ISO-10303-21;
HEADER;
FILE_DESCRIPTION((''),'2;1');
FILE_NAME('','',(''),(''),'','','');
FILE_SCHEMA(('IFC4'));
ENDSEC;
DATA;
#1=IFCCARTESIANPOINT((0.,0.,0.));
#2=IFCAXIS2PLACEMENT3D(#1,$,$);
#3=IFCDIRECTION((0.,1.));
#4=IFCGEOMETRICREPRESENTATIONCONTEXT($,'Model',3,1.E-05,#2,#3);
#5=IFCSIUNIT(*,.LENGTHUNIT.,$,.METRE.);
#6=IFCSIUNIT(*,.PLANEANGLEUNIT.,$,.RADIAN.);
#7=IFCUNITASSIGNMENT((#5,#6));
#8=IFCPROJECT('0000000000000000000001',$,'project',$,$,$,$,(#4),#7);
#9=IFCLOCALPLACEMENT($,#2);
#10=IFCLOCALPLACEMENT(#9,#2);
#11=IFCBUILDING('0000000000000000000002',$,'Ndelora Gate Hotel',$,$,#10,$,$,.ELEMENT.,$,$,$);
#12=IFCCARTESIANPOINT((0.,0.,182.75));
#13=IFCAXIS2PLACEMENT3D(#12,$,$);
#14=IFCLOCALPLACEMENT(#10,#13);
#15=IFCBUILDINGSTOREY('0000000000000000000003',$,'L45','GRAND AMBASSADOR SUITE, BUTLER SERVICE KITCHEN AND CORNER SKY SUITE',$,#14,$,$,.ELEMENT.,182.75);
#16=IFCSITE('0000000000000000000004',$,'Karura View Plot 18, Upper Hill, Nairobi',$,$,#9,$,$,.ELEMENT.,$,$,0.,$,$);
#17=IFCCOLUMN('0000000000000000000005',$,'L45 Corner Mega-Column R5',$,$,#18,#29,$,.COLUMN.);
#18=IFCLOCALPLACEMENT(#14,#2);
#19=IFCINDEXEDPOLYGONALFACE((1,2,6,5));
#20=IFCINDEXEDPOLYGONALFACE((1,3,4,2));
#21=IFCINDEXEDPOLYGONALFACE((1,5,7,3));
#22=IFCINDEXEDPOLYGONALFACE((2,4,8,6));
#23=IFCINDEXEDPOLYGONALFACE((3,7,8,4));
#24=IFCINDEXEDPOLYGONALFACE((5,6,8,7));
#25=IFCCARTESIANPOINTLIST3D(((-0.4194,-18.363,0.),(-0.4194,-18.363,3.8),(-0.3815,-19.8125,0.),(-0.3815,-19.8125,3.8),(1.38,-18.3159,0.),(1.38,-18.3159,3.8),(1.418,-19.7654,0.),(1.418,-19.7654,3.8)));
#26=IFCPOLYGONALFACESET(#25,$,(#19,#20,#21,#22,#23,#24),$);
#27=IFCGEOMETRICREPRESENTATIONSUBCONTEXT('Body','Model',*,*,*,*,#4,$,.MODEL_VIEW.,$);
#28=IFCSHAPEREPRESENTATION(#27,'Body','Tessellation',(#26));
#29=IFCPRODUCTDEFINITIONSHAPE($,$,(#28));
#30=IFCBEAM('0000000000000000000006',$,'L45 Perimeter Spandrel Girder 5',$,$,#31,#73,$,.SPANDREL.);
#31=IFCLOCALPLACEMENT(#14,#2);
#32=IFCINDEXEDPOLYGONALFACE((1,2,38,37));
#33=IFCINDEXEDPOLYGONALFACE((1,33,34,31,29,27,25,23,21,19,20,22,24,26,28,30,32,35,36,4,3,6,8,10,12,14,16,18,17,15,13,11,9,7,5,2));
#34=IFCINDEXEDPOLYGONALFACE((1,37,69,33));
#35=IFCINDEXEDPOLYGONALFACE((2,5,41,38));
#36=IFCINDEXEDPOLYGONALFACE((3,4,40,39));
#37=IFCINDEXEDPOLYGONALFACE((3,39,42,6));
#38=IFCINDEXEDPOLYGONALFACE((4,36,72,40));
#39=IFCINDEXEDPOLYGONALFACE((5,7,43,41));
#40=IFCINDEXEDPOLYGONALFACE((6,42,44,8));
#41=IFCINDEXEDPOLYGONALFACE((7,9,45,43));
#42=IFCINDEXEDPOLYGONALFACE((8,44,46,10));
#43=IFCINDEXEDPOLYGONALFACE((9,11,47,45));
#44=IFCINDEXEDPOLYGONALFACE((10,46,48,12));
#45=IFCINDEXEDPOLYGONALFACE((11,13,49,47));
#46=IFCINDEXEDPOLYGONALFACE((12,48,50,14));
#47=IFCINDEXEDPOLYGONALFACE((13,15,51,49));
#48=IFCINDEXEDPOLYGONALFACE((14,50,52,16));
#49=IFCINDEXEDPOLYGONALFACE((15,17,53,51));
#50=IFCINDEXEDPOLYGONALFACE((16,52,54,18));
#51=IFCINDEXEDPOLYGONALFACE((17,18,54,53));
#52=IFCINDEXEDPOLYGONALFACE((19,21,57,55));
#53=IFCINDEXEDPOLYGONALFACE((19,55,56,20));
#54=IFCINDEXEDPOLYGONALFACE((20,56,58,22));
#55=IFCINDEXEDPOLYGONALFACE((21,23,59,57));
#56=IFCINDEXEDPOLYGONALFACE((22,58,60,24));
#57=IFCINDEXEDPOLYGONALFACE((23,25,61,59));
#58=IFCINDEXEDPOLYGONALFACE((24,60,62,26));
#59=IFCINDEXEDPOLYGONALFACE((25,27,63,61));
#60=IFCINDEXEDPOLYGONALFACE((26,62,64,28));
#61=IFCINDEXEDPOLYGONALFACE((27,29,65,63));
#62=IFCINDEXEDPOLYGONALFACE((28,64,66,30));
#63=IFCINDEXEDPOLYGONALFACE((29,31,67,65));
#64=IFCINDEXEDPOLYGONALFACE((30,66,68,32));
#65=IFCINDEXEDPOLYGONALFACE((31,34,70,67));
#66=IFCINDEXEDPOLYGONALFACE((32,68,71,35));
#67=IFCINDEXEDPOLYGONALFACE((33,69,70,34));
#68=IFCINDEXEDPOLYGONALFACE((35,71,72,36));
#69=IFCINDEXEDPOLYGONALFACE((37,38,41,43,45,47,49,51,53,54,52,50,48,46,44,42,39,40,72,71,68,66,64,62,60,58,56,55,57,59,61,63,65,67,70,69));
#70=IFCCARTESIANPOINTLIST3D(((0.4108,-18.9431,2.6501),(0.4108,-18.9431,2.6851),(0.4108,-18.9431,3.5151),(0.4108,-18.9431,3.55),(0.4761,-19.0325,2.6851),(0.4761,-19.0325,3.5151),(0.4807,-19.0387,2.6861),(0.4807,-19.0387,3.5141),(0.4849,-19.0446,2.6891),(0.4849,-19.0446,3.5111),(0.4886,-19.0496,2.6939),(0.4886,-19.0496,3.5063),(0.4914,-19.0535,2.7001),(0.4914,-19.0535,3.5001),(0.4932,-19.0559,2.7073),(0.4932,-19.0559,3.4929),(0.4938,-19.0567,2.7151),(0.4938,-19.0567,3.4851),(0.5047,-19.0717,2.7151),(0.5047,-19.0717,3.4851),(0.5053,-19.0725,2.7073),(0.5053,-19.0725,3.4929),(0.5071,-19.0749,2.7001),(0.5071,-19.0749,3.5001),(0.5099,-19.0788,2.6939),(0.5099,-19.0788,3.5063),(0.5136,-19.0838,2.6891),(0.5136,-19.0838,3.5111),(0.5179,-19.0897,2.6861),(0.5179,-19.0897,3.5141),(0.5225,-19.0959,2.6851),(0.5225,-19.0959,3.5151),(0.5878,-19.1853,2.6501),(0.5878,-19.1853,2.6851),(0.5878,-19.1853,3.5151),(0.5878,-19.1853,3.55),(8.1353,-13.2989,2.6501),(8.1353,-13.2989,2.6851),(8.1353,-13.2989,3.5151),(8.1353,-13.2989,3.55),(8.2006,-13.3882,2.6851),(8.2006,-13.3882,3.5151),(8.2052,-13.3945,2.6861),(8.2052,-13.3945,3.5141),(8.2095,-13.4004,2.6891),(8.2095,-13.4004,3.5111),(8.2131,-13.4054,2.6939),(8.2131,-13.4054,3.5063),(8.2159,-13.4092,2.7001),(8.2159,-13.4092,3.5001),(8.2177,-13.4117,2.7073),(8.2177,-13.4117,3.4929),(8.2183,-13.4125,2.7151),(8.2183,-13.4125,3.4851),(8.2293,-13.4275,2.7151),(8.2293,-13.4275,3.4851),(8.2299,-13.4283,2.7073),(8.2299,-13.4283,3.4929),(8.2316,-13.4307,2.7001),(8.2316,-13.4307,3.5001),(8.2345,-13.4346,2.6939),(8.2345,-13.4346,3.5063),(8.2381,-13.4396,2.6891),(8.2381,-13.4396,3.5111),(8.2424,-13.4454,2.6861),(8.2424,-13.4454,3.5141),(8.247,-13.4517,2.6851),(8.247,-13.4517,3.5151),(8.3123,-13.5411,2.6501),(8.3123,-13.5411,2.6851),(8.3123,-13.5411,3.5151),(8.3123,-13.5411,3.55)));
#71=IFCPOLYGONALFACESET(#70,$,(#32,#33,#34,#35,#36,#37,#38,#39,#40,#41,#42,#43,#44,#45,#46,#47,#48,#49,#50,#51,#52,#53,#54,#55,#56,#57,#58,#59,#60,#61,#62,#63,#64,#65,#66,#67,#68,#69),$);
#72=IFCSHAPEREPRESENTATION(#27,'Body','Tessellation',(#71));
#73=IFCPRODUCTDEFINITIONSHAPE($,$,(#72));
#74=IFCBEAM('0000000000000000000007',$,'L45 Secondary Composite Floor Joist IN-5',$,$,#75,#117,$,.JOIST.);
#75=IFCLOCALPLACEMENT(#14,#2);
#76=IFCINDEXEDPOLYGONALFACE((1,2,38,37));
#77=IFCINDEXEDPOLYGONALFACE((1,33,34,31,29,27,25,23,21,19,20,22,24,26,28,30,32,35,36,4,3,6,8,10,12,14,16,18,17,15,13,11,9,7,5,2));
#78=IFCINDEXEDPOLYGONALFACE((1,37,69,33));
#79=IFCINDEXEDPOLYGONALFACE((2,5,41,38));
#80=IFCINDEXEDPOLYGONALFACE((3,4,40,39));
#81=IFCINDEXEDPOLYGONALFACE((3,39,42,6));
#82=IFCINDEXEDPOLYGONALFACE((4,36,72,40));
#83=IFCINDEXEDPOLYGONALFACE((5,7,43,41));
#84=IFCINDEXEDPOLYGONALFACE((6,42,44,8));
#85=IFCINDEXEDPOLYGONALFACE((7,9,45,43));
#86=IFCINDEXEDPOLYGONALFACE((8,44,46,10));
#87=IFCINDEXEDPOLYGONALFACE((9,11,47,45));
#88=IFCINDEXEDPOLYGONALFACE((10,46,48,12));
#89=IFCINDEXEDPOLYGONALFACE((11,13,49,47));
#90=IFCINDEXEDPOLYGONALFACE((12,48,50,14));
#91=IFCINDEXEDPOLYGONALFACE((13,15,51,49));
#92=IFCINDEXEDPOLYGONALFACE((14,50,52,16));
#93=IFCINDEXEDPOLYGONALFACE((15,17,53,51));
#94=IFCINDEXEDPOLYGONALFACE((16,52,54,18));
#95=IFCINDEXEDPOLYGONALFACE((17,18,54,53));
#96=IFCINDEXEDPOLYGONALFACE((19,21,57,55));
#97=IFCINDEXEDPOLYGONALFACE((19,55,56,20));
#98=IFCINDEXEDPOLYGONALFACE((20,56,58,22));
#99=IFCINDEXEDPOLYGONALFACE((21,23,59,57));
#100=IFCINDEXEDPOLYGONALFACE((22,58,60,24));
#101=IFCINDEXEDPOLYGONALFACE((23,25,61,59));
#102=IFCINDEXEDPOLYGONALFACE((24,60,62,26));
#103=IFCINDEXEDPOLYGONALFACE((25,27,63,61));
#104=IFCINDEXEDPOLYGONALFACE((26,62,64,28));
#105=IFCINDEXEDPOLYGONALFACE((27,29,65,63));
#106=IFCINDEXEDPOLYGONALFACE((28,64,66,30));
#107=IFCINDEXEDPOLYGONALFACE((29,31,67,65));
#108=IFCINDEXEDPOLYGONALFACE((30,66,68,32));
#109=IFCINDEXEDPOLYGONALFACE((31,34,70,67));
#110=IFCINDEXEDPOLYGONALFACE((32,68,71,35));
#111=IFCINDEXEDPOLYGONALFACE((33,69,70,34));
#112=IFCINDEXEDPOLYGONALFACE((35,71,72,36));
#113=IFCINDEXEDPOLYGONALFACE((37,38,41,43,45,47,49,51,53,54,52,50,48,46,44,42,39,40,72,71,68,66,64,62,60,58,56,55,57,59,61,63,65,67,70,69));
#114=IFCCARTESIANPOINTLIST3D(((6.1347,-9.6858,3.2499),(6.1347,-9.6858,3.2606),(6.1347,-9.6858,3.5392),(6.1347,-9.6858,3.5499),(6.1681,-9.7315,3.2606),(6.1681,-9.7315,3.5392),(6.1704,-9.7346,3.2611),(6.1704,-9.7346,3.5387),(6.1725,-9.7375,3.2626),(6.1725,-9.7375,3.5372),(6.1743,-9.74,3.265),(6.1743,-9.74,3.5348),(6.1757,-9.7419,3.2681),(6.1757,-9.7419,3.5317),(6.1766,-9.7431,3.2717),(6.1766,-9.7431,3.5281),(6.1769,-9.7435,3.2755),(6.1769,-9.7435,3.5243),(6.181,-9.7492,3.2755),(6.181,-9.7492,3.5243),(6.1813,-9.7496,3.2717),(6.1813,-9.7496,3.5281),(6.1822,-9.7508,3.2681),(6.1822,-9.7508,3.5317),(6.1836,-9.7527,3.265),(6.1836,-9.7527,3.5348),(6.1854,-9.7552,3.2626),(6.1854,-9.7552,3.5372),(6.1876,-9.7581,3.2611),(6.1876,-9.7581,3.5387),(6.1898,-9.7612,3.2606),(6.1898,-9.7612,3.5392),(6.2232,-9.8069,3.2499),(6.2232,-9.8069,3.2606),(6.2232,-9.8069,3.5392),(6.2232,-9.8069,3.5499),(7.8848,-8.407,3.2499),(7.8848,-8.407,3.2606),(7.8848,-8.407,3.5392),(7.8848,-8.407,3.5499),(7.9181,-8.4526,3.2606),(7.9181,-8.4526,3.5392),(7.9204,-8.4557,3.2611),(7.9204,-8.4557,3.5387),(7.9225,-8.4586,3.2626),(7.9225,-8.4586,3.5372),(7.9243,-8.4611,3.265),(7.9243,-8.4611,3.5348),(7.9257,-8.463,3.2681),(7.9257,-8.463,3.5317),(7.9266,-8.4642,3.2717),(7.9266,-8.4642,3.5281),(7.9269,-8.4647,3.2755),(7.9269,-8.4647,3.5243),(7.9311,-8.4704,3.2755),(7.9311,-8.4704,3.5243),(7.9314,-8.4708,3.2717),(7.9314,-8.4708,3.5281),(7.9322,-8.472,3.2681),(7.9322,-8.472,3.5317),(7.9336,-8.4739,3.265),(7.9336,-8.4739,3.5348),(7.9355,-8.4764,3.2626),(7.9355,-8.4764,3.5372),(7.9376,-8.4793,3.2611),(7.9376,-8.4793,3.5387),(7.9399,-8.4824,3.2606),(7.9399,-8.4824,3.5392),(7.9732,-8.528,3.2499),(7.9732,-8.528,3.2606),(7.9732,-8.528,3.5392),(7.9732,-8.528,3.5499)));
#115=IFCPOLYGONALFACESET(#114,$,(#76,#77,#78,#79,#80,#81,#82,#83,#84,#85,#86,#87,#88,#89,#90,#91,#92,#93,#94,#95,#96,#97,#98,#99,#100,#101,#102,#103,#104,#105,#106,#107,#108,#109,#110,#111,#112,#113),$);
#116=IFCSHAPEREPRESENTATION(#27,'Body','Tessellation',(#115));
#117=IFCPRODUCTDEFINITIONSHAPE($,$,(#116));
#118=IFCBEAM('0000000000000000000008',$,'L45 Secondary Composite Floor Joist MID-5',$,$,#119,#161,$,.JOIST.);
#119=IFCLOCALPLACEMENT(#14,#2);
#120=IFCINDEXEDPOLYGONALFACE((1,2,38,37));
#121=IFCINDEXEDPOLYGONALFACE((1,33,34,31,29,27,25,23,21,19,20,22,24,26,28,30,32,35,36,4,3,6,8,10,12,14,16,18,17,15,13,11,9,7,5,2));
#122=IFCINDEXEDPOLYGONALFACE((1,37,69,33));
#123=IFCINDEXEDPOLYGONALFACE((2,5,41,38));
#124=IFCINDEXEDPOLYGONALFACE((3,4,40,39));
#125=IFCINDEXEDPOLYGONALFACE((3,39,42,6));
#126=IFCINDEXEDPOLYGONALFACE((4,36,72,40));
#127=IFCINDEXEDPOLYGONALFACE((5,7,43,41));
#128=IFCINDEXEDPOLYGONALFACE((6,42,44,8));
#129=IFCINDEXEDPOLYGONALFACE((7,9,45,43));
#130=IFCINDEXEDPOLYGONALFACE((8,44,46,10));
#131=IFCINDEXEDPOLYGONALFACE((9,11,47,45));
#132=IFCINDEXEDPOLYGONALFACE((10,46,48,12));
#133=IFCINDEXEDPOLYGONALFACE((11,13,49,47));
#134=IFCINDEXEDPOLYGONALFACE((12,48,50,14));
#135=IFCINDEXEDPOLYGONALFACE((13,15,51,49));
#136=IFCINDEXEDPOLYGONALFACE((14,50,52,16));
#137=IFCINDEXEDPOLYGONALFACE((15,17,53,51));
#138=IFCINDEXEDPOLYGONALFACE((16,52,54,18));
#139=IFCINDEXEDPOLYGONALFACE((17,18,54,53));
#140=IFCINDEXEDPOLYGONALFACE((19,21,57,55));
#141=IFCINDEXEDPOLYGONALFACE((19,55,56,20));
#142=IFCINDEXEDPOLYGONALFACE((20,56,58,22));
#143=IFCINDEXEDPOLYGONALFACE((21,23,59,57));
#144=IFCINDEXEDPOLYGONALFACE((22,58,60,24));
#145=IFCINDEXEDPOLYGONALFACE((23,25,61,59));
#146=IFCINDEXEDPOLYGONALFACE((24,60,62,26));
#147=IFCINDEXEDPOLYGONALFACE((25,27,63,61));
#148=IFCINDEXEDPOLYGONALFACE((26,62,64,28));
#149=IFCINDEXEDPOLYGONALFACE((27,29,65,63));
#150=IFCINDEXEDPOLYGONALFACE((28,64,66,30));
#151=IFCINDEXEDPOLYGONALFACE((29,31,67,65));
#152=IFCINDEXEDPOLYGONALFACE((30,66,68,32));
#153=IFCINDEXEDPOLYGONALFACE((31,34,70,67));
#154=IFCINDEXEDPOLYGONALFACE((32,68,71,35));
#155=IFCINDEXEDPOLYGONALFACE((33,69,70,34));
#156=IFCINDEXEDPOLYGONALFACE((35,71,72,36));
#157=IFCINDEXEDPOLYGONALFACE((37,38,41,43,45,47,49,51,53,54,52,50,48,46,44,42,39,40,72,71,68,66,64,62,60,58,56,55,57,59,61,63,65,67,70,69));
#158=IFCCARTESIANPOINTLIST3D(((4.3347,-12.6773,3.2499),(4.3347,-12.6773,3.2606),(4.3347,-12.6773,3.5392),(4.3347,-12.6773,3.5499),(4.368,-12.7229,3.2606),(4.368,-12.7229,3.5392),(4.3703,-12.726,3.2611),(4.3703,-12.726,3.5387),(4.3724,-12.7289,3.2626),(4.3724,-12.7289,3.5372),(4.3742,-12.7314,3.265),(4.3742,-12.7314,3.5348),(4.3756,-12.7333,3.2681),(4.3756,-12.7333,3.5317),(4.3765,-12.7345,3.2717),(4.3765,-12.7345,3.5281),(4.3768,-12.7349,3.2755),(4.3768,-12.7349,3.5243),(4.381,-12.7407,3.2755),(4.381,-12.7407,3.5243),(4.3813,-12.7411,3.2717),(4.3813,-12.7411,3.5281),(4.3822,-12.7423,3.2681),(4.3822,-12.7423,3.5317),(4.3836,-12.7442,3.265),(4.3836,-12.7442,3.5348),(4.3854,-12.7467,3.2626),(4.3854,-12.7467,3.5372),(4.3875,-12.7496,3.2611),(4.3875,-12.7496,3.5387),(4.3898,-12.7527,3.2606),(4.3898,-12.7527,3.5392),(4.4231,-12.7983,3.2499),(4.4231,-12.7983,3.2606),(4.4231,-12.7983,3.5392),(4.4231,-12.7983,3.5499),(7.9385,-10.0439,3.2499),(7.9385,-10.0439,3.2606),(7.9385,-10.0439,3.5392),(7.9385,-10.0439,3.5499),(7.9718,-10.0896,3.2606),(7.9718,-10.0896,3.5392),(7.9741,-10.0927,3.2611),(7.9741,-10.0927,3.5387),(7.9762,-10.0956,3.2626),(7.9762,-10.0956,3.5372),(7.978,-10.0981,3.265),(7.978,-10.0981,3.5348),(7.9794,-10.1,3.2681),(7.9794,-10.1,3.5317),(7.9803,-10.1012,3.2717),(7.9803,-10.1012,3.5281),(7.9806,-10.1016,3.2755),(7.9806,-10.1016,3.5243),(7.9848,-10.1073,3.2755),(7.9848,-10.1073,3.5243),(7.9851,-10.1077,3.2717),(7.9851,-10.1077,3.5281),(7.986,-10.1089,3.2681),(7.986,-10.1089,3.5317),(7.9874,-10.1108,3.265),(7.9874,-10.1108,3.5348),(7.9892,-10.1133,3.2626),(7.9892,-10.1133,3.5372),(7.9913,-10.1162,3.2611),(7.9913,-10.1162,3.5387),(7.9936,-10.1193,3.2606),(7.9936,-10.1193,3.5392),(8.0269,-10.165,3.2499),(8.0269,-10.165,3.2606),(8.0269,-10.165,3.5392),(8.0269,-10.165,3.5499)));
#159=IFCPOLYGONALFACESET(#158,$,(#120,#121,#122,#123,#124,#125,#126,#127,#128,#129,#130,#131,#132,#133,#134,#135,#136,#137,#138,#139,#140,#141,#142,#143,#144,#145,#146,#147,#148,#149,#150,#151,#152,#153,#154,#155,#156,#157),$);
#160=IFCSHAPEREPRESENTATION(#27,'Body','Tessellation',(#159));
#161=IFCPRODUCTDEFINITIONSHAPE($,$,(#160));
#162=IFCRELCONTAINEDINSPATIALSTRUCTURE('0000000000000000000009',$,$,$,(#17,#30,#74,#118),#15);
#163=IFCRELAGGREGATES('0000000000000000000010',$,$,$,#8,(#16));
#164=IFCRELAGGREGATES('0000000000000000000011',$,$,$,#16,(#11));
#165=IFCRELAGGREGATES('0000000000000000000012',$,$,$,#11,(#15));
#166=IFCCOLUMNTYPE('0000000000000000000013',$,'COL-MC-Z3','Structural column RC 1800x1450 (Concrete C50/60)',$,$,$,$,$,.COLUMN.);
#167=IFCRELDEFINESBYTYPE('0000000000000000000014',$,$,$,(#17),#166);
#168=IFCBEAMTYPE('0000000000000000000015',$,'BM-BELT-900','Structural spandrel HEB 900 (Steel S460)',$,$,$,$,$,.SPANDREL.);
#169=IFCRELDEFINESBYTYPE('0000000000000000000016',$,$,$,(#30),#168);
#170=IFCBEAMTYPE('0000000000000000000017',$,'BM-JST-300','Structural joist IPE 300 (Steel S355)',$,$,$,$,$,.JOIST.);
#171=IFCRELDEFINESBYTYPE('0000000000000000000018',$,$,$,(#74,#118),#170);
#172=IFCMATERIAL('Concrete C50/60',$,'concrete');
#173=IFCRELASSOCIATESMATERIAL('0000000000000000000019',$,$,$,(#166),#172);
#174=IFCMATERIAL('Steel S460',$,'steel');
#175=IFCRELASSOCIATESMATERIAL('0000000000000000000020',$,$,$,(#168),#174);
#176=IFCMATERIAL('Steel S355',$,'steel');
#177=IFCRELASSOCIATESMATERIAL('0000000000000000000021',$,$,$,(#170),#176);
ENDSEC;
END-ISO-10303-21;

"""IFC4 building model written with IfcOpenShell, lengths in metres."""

from ifc_helpers import new_model, si_unit, direction, frame, origin, origin_2d, place, context, subcontext, project, spatial, rectangle, i_section, extrude, material, material_profile, profile_set, type_object, element, save


model = new_model("IFC4")

# Units and contexts
model_context = context("Model", 3, precision=1e-05, world=origin(), true_north=direction((0.0, 1.0)))
body_context = subcontext(model_context, "Body", "Model", "MODEL_VIEW")
ifc_project = project(units=[si_unit("LENGTHUNIT", "METRE"), si_unit("PLANEANGLEUNIT", "RADIAN")], contexts=[model_context])

# Site, building, storey
site_placement = place(None, origin())
site = spatial("IfcSite", under=ifc_project, at=site_placement, Name="Karura View Plot 18, Upper Hill, Nairobi", CompositionType="ELEMENT", RefElevation=0.0)
building_placement = place(site_placement, origin())
building = spatial("IfcBuilding", under=site, at=building_placement, Name="Ndelora Gate Hotel", CompositionType="ELEMENT")
storey_placement = place(building_placement, frame((0.0, 0.0, 182.75)))
storey = spatial("IfcBuildingStorey", under=building, at=storey_placement, Name="L45", Description="GRAND AMBASSADOR SUITE, BUTLER SERVICE KITCHEN AND CORNER SKY SUITE", CompositionType="ELEMENT", Elevation=182.75)

# Column
ifc_material_1 = material(Name="Concrete C50/60", Category="concrete")
ifc_material_profile_1 = material_profile(ifc_material_1, rectangle(XDim=1.45, YDim=1.8, at=origin_2d()), Name="RC 1800x1450")
ifc_profile_set_1 = profile_set([ifc_material_profile_1], Name="Concrete C50/60")
column_type = type_object("IfcColumnType", Name="COL-MC-Z3", Description="Structural column RC 1800x1450 (Concrete C50/60)", PredefinedType="COLUMN", material=ifc_profile_set_1)
column_placement = place(storey_placement, frame((0.4993, -19.0642, 0.0), z_axis=(0.0, 0.0, 1.0), x_axis=(-0.026177, 0.999657, 0.0)))
element("IfcColumn", 1, at=column_placement, inside=storey, type_object=column_type, Name="L45 Corner Mega-Column R5", PredefinedType="COLUMN", context=body_context, shape_type="SweptSolid", body=[
    extrude(rectangle(XDim=1.45, YDim=1.8, at=origin_2d()), origin(), (0.0, 0.0, 1.0), 3.8),
])

# Beams
ifc_material_2 = material(Name="Steel S460", Category="steel")
ifc_material_profile_2 = material_profile(ifc_material_2, i_section(OverallWidth=0.3, OverallDepth=0.8999, WebThickness=0.0186, FlangeThickness=0.0349, FilletRadius=0.03, at=origin_2d()), Name="HEB 900")
ifc_profile_set_2 = profile_set([ifc_material_profile_2], Name="Steel S460")
beam_type_1 = type_object("IfcBeamType", Name="BM-BELT-900", Description="Structural spandrel HEB 900 (Steel S460)", PredefinedType="SPANDREL", material=ifc_profile_set_2)
beam_1_placement = place(storey_placement, frame((0.4993, -19.0642, 3.1001), z_axis=(0.807422, 0.589974, 0.0), x_axis=(-0.589974, 0.807422, 0.0)))
element("IfcBeam", 2, at=beam_1_placement, inside=storey, type_object=beam_type_1, Name="L45 Perimeter Spandrel Girder 5", PredefinedType="SPANDREL", context=body_context, shape_type="SweptSolid", body=[
    extrude(i_section(OverallWidth=0.3, OverallDepth=0.8999, WebThickness=0.0186, FlangeThickness=0.0349, FilletRadius=0.03, at=origin_2d()), origin(), (0.0, 0.0, 1.0), 9.5669),
])
ifc_material_3 = material(Name="Steel S355", Category="steel")
ifc_material_profile_3 = material_profile(ifc_material_3, i_section(OverallWidth=0.1499, OverallDepth=0.3, WebThickness=0.0071, FlangeThickness=0.0107, FilletRadius=0.0149, at=origin_2d()), Name="IPE 300")
ifc_profile_set_3 = profile_set([ifc_material_profile_3], Name="Steel S355")
beam_type_2 = type_object("IfcBeamType", Name="BM-JST-300", Description="Structural joist IPE 300 (Steel S355)", PredefinedType="JOIST", material=ifc_profile_set_3)
beam_2_placement = place(storey_placement, frame((6.179, -9.7463, 3.3999), z_axis=(0.807399, 0.590005, 0.0), x_axis=(-0.590005, 0.807399, 0.0)))
element("IfcBeam", 3, at=beam_2_placement, inside=storey, type_object=beam_type_2, Name="L45 Secondary Composite Floor Joist IN-5", PredefinedType="JOIST", context=body_context, shape_type="SweptSolid", body=[
    extrude(i_section(OverallWidth=0.1499, OverallDepth=0.3, WebThickness=0.0071, FlangeThickness=0.0107, FilletRadius=0.0149, at=origin_2d()), origin(), (0.0, 0.0, 1.0), 2.1675),
])
beam_3_placement = place(storey_placement, frame((4.3789, -12.7378, 3.3999), z_axis=(0.807414, 0.589985, 0.0), x_axis=(-0.589985, 0.807414, 0.0)))
element("IfcBeam", 4, at=beam_3_placement, inside=storey, type_object=beam_type_2, Name="L45 Secondary Composite Floor Joist MID-5", PredefinedType="JOIST", context=body_context, shape_type="SweptSolid", body=[
    extrude(i_section(OverallWidth=0.1499, OverallDepth=0.3, WebThickness=0.0071, FlangeThickness=0.0107, FilletRadius=0.0149, at=origin_2d()), origin(), (0.0, 0.0, 1.0), 4.4634),
])

save(model, "model.ifc")
